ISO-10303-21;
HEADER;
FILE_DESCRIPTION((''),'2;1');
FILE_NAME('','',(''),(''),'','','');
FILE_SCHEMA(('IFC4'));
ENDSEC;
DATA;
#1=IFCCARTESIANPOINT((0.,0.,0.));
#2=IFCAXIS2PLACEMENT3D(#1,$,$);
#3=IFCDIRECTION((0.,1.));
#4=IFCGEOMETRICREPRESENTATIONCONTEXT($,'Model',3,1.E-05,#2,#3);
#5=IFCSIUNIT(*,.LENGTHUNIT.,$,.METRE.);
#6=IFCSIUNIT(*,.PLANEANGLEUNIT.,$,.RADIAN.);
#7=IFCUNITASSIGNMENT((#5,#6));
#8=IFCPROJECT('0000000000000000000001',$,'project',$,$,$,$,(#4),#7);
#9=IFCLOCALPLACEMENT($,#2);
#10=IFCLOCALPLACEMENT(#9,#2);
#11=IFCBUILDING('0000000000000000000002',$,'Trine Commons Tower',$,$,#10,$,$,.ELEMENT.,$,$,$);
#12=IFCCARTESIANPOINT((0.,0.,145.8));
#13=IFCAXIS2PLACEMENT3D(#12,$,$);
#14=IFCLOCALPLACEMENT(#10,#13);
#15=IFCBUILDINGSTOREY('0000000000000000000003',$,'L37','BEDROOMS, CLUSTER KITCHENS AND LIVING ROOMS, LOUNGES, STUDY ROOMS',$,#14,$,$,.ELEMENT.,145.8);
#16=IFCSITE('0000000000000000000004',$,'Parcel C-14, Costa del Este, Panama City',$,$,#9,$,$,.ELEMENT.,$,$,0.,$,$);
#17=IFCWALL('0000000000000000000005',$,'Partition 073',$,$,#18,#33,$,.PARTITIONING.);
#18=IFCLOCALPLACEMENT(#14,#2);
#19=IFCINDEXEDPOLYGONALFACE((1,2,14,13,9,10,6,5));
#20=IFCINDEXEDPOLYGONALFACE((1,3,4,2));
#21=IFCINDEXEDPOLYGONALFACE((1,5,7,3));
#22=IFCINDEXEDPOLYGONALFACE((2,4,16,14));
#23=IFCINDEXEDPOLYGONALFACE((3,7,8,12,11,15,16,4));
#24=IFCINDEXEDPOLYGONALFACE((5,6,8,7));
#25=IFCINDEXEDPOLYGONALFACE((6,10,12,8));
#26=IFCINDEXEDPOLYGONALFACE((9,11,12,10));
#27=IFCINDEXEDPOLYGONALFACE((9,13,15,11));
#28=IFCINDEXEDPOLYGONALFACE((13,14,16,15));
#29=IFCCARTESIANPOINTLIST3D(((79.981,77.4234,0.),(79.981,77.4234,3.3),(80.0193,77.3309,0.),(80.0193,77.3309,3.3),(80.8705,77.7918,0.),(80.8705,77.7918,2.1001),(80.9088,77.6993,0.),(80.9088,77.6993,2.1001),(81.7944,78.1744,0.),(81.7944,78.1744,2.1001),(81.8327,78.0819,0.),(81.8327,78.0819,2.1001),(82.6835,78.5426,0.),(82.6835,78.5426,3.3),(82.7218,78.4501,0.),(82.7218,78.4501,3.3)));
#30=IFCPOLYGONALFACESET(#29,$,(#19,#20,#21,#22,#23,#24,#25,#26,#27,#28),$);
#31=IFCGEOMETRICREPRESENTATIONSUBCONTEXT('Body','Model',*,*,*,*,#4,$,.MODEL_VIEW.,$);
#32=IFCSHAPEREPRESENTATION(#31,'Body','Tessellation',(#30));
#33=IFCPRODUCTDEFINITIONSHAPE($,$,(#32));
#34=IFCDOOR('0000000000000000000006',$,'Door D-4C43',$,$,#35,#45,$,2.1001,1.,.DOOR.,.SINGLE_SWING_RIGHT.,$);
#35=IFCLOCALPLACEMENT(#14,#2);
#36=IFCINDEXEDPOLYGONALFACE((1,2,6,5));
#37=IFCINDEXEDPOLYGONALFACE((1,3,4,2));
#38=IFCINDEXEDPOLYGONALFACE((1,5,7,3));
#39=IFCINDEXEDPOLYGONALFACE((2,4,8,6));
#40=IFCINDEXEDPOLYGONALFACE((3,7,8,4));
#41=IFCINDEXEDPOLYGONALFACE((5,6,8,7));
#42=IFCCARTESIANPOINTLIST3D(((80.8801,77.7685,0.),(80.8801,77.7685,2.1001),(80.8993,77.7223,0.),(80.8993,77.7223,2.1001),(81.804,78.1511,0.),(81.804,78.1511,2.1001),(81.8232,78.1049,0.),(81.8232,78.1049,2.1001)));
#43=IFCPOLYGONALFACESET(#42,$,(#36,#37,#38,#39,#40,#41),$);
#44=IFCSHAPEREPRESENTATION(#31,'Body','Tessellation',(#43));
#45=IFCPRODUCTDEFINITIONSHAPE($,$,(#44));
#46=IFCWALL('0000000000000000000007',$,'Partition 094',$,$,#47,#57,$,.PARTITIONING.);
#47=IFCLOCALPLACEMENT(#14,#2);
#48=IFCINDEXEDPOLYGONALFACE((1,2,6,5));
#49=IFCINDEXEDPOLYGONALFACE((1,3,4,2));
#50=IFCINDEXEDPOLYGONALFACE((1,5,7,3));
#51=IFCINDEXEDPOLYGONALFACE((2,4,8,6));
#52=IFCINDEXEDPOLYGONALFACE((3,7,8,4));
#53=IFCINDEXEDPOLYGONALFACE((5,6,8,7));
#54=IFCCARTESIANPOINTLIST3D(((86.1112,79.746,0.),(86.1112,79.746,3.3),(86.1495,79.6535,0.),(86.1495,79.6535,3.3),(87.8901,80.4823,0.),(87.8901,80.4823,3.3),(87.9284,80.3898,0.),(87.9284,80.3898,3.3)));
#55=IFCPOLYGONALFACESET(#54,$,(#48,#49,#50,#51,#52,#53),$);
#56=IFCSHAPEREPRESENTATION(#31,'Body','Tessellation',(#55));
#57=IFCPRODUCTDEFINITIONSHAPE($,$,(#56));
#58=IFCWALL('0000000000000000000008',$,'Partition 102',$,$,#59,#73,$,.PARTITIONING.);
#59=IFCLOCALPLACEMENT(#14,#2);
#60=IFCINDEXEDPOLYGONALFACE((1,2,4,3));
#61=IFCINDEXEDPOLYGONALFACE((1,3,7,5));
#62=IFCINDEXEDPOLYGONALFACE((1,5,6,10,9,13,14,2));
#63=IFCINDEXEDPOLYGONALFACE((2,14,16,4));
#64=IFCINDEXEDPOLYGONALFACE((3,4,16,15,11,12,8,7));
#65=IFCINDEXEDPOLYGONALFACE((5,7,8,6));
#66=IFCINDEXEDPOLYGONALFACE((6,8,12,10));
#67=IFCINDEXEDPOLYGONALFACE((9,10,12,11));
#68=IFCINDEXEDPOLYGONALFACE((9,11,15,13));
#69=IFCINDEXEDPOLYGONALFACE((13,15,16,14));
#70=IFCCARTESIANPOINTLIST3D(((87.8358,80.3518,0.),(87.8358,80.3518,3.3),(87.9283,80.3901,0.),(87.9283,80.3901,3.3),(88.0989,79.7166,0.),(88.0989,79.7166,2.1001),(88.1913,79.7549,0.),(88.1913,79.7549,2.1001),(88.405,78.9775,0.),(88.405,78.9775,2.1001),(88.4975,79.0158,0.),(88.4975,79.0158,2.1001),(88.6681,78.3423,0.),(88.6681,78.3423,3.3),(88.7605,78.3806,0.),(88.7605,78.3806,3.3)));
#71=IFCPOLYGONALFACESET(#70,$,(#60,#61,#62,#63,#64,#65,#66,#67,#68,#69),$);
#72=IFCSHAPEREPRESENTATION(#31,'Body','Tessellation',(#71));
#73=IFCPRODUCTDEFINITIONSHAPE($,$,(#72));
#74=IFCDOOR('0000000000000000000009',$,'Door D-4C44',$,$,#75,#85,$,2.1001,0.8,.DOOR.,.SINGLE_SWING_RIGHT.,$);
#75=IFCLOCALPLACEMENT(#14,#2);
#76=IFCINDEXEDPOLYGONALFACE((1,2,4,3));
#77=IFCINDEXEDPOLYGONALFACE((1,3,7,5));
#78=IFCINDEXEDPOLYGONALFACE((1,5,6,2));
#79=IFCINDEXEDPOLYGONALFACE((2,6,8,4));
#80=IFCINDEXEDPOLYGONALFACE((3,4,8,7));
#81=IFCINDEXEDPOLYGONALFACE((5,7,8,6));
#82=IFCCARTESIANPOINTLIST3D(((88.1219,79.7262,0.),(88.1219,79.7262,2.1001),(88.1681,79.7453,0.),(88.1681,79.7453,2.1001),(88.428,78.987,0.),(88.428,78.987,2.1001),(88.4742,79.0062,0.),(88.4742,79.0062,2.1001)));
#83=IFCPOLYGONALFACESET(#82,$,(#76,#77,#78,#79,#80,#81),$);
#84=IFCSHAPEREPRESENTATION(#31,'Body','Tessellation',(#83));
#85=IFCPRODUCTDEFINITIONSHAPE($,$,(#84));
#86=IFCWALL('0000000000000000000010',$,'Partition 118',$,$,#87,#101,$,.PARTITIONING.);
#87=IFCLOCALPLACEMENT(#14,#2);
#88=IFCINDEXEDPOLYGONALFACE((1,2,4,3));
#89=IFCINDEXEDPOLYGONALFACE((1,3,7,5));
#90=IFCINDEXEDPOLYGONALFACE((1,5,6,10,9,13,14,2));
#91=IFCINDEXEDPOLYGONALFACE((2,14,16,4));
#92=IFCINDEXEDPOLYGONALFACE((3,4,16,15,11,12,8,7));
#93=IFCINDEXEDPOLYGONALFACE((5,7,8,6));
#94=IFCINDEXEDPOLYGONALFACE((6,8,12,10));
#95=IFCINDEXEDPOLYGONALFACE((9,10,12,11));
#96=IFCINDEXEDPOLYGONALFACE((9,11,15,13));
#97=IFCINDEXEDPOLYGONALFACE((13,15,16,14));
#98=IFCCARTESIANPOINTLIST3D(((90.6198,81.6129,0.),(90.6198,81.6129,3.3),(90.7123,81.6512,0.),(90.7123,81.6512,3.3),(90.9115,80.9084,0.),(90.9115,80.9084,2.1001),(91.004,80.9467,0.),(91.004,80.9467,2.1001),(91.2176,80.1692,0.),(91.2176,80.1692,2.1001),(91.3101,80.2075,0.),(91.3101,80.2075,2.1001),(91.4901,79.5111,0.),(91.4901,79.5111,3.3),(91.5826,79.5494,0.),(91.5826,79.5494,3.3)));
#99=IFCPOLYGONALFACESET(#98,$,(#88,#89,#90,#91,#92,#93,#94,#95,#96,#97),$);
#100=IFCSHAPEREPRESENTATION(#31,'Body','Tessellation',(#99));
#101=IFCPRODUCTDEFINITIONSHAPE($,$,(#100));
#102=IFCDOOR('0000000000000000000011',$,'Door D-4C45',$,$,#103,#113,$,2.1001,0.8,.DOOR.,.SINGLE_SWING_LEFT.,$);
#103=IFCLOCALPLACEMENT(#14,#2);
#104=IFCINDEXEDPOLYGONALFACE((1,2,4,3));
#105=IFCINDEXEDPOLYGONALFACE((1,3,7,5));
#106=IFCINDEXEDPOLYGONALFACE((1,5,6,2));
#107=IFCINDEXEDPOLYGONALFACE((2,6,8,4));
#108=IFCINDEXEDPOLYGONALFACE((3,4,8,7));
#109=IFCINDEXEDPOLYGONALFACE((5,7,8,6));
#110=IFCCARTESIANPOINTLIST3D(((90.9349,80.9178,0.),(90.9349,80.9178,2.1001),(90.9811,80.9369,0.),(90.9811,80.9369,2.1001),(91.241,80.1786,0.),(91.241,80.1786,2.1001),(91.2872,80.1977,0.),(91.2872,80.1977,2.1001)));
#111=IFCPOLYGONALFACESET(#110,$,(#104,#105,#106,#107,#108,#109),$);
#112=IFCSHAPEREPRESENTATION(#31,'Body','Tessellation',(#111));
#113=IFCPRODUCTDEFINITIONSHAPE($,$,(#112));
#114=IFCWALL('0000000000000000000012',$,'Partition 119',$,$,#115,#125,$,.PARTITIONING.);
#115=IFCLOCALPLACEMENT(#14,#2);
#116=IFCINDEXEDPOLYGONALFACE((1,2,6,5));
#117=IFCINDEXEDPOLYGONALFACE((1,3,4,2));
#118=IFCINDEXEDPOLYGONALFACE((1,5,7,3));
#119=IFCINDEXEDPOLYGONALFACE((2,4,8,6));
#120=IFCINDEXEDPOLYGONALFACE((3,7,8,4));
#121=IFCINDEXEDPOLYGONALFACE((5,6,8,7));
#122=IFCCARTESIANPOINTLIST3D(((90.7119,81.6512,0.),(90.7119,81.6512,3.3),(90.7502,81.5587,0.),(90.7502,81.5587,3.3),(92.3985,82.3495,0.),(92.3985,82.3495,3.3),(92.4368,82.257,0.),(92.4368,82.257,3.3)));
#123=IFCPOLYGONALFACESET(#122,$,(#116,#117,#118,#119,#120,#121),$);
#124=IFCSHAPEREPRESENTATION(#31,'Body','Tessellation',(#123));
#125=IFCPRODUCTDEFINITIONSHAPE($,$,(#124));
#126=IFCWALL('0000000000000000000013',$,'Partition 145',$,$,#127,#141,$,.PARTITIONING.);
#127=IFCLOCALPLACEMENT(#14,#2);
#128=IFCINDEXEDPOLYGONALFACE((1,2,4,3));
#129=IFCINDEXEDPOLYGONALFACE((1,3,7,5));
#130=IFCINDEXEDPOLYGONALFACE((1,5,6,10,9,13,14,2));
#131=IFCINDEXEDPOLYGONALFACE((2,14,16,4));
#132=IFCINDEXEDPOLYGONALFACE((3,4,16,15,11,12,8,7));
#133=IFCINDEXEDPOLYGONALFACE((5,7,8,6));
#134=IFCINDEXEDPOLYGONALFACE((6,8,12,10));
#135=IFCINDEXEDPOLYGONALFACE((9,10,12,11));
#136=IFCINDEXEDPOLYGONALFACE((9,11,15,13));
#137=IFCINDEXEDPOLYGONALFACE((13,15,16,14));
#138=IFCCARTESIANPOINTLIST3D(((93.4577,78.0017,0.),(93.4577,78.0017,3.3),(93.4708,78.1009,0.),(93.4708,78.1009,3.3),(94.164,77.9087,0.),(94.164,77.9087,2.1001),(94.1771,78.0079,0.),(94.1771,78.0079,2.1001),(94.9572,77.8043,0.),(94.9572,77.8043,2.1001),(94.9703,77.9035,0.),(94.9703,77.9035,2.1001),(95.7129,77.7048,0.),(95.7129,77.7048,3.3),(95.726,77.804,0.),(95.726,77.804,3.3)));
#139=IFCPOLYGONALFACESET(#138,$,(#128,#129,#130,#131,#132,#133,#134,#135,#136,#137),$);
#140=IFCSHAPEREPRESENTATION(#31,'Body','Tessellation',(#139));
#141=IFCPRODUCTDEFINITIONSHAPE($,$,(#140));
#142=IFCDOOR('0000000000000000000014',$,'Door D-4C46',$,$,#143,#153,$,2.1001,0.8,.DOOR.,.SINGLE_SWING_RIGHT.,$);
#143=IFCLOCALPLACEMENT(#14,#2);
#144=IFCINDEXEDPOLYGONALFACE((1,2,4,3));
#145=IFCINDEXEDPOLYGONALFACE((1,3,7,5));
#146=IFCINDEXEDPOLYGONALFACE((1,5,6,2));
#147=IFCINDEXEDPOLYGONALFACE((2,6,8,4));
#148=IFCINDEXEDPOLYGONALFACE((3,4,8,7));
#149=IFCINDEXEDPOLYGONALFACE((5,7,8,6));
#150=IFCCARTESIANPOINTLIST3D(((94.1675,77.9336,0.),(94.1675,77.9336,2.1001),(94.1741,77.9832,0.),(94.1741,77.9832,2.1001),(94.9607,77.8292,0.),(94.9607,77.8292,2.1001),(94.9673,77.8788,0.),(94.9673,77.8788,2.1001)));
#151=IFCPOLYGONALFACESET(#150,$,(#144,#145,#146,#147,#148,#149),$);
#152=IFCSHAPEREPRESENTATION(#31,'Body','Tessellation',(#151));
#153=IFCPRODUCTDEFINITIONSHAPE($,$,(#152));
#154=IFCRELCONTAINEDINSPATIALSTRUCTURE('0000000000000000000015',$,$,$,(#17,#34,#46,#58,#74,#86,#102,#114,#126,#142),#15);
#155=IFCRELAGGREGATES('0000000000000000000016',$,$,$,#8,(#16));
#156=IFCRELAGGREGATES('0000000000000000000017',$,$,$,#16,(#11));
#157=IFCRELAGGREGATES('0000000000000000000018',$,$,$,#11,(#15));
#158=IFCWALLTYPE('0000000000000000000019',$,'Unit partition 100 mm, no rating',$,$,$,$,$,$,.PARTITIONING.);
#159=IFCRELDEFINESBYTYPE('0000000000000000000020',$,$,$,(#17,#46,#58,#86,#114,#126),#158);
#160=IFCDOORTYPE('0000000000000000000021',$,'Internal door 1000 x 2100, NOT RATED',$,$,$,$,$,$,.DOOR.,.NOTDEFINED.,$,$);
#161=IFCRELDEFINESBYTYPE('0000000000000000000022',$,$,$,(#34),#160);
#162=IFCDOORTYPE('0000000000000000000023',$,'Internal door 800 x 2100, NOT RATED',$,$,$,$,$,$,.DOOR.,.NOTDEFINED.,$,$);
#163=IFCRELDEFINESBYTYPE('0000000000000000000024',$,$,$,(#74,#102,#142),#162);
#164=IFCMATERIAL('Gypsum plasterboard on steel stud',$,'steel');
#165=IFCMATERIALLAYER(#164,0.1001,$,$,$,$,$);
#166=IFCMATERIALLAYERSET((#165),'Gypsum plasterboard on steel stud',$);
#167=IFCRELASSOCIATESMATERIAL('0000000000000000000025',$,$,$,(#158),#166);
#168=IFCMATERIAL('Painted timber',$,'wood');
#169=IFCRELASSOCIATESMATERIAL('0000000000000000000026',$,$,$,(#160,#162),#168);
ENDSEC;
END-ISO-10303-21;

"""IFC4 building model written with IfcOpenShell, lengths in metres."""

from ifc_helpers import new_model, si_unit, direction, frame, frame_2d, origin, place, context, subcontext, project, spatial, rectangle, extrude, material, layer, layer_set, type_object, element, fill, save


model = new_model("IFC4")

# Units and contexts
model_context = context("Model", 3, precision=1e-05, world=origin(), true_north=direction((0.0, 1.0)))
body_context = subcontext(model_context, "Body", "Model", "MODEL_VIEW")
ifc_project = project(units=[si_unit("LENGTHUNIT", "METRE"), si_unit("PLANEANGLEUNIT", "RADIAN")], contexts=[model_context])

# Site, building, storey
site_placement = place(None, origin())
site = spatial("IfcSite", under=ifc_project, at=site_placement, Name="Parcel C-14, Costa del Este, Panama City", CompositionType="ELEMENT", RefElevation=0.0)
building_placement = place(site_placement, origin())
building = spatial("IfcBuilding", under=site, at=building_placement, Name="Trine Commons Tower", CompositionType="ELEMENT")
storey_placement = place(building_placement, frame((0.0, 0.0, 145.8)))
storey = spatial("IfcBuildingStorey", under=building, at=storey_placement, Name="L37", Description="BEDROOMS, CLUSTER KITCHENS AND LIVING ROOMS, LOUNGES, STUDY ROOMS", CompositionType="ELEMENT", Elevation=145.8)

# Shared definitions
ifc_material_1 = material(Name="Gypsum plasterboard on steel stud", Category="steel")

# Shared definitions
ifc_material_2 = material(Name="Painted timber", Category="wood")

# Shared definitions
ifc_layer_1 = layer(ifc_material_1, 0.1001)
ifc_layer_set_1 = layer_set([ifc_layer_1], Name="Gypsum plasterboard on steel stud")
wall_type_1 = type_object("IfcWallType", Name="Unit partition 100 mm, no rating", PredefinedType="PARTITIONING", material=ifc_layer_set_1)

# Wall, opening, door
wall_1_placement = place(storey_placement, frame((80.0002, 77.3772, 0.0), z_axis=(0.0, 0.0, 1.0), x_axis=(0.923907, 0.382617, 0.0)))
wall_1 = element("IfcWall", 1, at=wall_1_placement, inside=storey, type_object=wall_type_1, Name="Partition 073", PredefinedType="PARTITIONING", context=body_context, shape_type="SweptSolid", body=[
    extrude(rectangle(XDim=2.925, YDim=0.1001, at=frame_2d((1.4624, 0.0))), origin(), (0.0, 0.0, 1.0), 3.3),
])
opening_1_placement = place(wall_1_placement, frame((0.9626, 0.0, 0.0)))
opening_1 = element("IfcOpeningElement", 2, at=opening_1_placement, cuts=wall_1, PredefinedType="OPENING", context=body_context, shape_type="SweptSolid", body=[
    extrude(rectangle(XDim=1.0, YDim=2.1001, at=frame_2d((0.5, 1.05))), frame((0.0, 0.0601, 0.0), z_axis=(0.0, -1.0, 0.0), x_axis=(1.0, 0.0, 0.0)), (0.0, 0.0, 1.0), 0.1201),
])
door_type_1 = type_object("IfcDoorType", Name="Internal door 1000 x 2100, NOT RATED", OperationType="NOTDEFINED", PredefinedType="DOOR", material=ifc_material_2)
door_1_placement = place(opening_1_placement, origin())
door_1 = element("IfcDoor", 3, at=door_1_placement, inside=storey, type_object=door_type_1, Name="Door D-4C43", OperationType="SINGLE_SWING_RIGHT", OverallHeight=2.1001, OverallWidth=1.0, PredefinedType="DOOR", context=body_context, shape_type="SweptSolid", body=[
    extrude(rectangle(XDim=1.0, YDim=2.1001, at=frame_2d((0.5, 1.05))), frame((0.0, 0.0249, 0.0), z_axis=(0.0, -1.0, 0.0), x_axis=(1.0, 0.0, 0.0)), (0.0, 0.0, 1.0), 0.05),
])
fill(opening_1, door_1)

# Wall
wall_2_placement = place(storey_placement, frame((86.1304, 79.6997, 0.0), z_axis=(0.0, 0.0, 1.0), x_axis=(0.923967, 0.382471, 0.0)))
element("IfcWall", 4, at=wall_2_placement, inside=storey, type_object=wall_type_1, Name="Partition 094", PredefinedType="PARTITIONING", context=body_context, shape_type="SweptSolid", body=[
    extrude(rectangle(XDim=1.9253, YDim=0.1001, at=frame_2d((0.9626, 0.0))), origin(), (0.0, 0.0, 1.0), 3.3),
])

# Walls, openings, doors
wall_3_placement = place(storey_placement, frame((87.8821, 80.3708, 0.0), z_axis=(0.0, 0.0, 1.0), x_axis=(0.382646, -0.923895, 0.0)))
wall_3 = element("IfcWall", 5, at=wall_3_placement, inside=storey, type_object=wall_type_1, Name="Partition 102", PredefinedType="PARTITIONING", context=body_context, shape_type="SweptSolid", body=[
    extrude(rectangle(XDim=2.175, YDim=0.1001, at=frame_2d((1.0874, 0.0))), origin(), (0.0, 0.0, 1.0), 3.3),
])
opening_2_placement = place(wall_3_placement, frame((0.6875, 0.0, 0.0)))
opening_2 = element("IfcOpeningElement", 6, at=opening_2_placement, cuts=wall_3, PredefinedType="OPENING", context=body_context, shape_type="SweptSolid", body=[
    extrude(rectangle(XDim=0.8, YDim=2.1001, at=frame_2d((0.3999, 1.05))), frame((0.0, 0.0601, 0.0), z_axis=(0.0, -1.0, 0.0), x_axis=(1.0, 0.0, 0.0)), (0.0, 0.0, 1.0), 0.1201),
])
door_type_2 = type_object("IfcDoorType", Name="Internal door 800 x 2100, NOT RATED", OperationType="NOTDEFINED", PredefinedType="DOOR", material=ifc_material_2)
door_2_placement = place(opening_2_placement, origin())
door_2 = element("IfcDoor", 7, at=door_2_placement, inside=storey, type_object=door_type_2, Name="Door D-4C44", OperationType="SINGLE_SWING_RIGHT", OverallHeight=2.1001, OverallWidth=0.8, PredefinedType="DOOR", context=body_context, shape_type="SweptSolid", body=[
    extrude(rectangle(XDim=0.8, YDim=2.1001, at=frame_2d((0.3999, 1.05))), frame((0.0, 0.0249, 0.0), z_axis=(0.0, -1.0, 0.0), x_axis=(1.0, 0.0, 0.0)), (0.0, 0.0, 1.0), 0.05),
])
fill(opening_2, door_2)
wall_4_placement = place(storey_placement, frame((90.666, 81.6321, 0.0), z_axis=(0.0, 0.0, 1.0), x_axis=(0.382595, -0.923916, 0.0)))
wall_4 = element("IfcWall", 8, at=wall_4_placement, inside=storey, type_object=wall_type_1, Name="Partition 118", PredefinedType="PARTITIONING", context=body_context, shape_type="SweptSolid", body=[
    extrude(rectangle(XDim=2.2749, YDim=0.1001, at=frame_2d((1.1375, 0.0))), origin(), (0.0, 0.0, 1.0), 3.3),
])
opening_3_placement = place(wall_4_placement, frame((0.7627, 0.0, 0.0)))
opening_3 = element("IfcOpeningElement", 9, at=opening_3_placement, cuts=wall_4, PredefinedType="OPENING", context=body_context, shape_type="SweptSolid", body=[
    extrude(rectangle(XDim=0.8, YDim=2.1001, at=frame_2d((0.3999, 1.05))), frame((0.0, 0.0601, 0.0), z_axis=(0.0, -1.0, 0.0), x_axis=(1.0, 0.0, 0.0)), (0.0, 0.0, 1.0), 0.1201),
])
door_3_placement = place(opening_3_placement, frame((0.8, 0.0, 0.0), z_axis=(0.0, 0.0, 1.0), x_axis=(-1.0, 0.0, 0.0)))
door_3 = element("IfcDoor", 10, at=door_3_placement, inside=storey, type_object=door_type_2, Name="Door D-4C45", OperationType="SINGLE_SWING_LEFT", OverallHeight=2.1001, OverallWidth=0.8, PredefinedType="DOOR", context=body_context, shape_type="SweptSolid", body=[
    extrude(rectangle(XDim=0.8, YDim=2.1001, at=frame_2d((0.3999, 1.05))), frame((0.0, 0.0249, 0.0), z_axis=(0.0, -1.0, 0.0), x_axis=(1.0, 0.0, 0.0)), (0.0, 0.0, 1.0), 0.05),
])
fill(opening_3, door_3)

# Wall
wall_5_placement = place(storey_placement, frame((90.7312, 81.605, 0.0), z_axis=(0.0, 0.0, 1.0), x_axis=(0.923945, 0.382525, 0.0)))
element("IfcWall", 11, at=wall_5_placement, inside=storey, type_object=wall_type_1, Name="Partition 119", PredefinedType="PARTITIONING", context=body_context, shape_type="SweptSolid", body=[
    extrude(rectangle(XDim=1.8254, YDim=0.1001, at=frame_2d((0.9126, 0.0))), origin(), (0.0, 0.0, 1.0), 3.3),
])

# Wall, opening, door
wall_6_placement = place(storey_placement, frame((93.4644, 78.0513, 0.0), z_axis=(0.0, 0.0, 1.0), x_axis=(0.991446, -0.130518, 0.0)))
wall_6 = element("IfcWall", 12, at=wall_6_placement, inside=storey, type_object=wall_type_1, Name="Partition 145", PredefinedType="PARTITIONING", context=body_context, shape_type="SweptSolid", body=[
    extrude(rectangle(XDim=2.2747, YDim=0.1001, at=frame_2d((1.1372, 0.0))), origin(), (0.0, 0.0, 1.0), 3.3),
])
opening_4_placement = place(wall_6_placement, frame((0.7124, 0.0, 0.0)))
opening_4 = element("IfcOpeningElement", 13, at=opening_4_placement, cuts=wall_6, PredefinedType="OPENING", context=body_context, shape_type="SweptSolid", body=[
    extrude(rectangle(XDim=0.8, YDim=2.1001, at=frame_2d((0.3999, 1.05))), frame((0.0, 0.0601, 0.0), z_axis=(0.0, -1.0, 0.0), x_axis=(1.0, 0.0, 0.0)), (0.0, 0.0, 1.0), 0.1201),
])
door_4_placement = place(opening_4_placement, frame((0.8, 0.0, 0.0), z_axis=(0.0, 0.0, 1.0), x_axis=(-1.0, 0.0, 0.0)))
door_4 = element("IfcDoor", 14, at=door_4_placement, inside=storey, type_object=door_type_2, Name="Door D-4C46", OperationType="SINGLE_SWING_RIGHT", OverallHeight=2.1001, OverallWidth=0.8, PredefinedType="DOOR", context=body_context, shape_type="SweptSolid", body=[
    extrude(rectangle(XDim=0.8, YDim=2.1001, at=frame_2d((0.3999, 1.05))), frame((0.0, 0.0249, 0.0), z_axis=(0.0, -1.0, 0.0), x_axis=(1.0, 0.0, 0.0)), (0.0, 0.0, 1.0), 0.05),
])
fill(opening_4, door_4)

save(model, "model.ifc")
